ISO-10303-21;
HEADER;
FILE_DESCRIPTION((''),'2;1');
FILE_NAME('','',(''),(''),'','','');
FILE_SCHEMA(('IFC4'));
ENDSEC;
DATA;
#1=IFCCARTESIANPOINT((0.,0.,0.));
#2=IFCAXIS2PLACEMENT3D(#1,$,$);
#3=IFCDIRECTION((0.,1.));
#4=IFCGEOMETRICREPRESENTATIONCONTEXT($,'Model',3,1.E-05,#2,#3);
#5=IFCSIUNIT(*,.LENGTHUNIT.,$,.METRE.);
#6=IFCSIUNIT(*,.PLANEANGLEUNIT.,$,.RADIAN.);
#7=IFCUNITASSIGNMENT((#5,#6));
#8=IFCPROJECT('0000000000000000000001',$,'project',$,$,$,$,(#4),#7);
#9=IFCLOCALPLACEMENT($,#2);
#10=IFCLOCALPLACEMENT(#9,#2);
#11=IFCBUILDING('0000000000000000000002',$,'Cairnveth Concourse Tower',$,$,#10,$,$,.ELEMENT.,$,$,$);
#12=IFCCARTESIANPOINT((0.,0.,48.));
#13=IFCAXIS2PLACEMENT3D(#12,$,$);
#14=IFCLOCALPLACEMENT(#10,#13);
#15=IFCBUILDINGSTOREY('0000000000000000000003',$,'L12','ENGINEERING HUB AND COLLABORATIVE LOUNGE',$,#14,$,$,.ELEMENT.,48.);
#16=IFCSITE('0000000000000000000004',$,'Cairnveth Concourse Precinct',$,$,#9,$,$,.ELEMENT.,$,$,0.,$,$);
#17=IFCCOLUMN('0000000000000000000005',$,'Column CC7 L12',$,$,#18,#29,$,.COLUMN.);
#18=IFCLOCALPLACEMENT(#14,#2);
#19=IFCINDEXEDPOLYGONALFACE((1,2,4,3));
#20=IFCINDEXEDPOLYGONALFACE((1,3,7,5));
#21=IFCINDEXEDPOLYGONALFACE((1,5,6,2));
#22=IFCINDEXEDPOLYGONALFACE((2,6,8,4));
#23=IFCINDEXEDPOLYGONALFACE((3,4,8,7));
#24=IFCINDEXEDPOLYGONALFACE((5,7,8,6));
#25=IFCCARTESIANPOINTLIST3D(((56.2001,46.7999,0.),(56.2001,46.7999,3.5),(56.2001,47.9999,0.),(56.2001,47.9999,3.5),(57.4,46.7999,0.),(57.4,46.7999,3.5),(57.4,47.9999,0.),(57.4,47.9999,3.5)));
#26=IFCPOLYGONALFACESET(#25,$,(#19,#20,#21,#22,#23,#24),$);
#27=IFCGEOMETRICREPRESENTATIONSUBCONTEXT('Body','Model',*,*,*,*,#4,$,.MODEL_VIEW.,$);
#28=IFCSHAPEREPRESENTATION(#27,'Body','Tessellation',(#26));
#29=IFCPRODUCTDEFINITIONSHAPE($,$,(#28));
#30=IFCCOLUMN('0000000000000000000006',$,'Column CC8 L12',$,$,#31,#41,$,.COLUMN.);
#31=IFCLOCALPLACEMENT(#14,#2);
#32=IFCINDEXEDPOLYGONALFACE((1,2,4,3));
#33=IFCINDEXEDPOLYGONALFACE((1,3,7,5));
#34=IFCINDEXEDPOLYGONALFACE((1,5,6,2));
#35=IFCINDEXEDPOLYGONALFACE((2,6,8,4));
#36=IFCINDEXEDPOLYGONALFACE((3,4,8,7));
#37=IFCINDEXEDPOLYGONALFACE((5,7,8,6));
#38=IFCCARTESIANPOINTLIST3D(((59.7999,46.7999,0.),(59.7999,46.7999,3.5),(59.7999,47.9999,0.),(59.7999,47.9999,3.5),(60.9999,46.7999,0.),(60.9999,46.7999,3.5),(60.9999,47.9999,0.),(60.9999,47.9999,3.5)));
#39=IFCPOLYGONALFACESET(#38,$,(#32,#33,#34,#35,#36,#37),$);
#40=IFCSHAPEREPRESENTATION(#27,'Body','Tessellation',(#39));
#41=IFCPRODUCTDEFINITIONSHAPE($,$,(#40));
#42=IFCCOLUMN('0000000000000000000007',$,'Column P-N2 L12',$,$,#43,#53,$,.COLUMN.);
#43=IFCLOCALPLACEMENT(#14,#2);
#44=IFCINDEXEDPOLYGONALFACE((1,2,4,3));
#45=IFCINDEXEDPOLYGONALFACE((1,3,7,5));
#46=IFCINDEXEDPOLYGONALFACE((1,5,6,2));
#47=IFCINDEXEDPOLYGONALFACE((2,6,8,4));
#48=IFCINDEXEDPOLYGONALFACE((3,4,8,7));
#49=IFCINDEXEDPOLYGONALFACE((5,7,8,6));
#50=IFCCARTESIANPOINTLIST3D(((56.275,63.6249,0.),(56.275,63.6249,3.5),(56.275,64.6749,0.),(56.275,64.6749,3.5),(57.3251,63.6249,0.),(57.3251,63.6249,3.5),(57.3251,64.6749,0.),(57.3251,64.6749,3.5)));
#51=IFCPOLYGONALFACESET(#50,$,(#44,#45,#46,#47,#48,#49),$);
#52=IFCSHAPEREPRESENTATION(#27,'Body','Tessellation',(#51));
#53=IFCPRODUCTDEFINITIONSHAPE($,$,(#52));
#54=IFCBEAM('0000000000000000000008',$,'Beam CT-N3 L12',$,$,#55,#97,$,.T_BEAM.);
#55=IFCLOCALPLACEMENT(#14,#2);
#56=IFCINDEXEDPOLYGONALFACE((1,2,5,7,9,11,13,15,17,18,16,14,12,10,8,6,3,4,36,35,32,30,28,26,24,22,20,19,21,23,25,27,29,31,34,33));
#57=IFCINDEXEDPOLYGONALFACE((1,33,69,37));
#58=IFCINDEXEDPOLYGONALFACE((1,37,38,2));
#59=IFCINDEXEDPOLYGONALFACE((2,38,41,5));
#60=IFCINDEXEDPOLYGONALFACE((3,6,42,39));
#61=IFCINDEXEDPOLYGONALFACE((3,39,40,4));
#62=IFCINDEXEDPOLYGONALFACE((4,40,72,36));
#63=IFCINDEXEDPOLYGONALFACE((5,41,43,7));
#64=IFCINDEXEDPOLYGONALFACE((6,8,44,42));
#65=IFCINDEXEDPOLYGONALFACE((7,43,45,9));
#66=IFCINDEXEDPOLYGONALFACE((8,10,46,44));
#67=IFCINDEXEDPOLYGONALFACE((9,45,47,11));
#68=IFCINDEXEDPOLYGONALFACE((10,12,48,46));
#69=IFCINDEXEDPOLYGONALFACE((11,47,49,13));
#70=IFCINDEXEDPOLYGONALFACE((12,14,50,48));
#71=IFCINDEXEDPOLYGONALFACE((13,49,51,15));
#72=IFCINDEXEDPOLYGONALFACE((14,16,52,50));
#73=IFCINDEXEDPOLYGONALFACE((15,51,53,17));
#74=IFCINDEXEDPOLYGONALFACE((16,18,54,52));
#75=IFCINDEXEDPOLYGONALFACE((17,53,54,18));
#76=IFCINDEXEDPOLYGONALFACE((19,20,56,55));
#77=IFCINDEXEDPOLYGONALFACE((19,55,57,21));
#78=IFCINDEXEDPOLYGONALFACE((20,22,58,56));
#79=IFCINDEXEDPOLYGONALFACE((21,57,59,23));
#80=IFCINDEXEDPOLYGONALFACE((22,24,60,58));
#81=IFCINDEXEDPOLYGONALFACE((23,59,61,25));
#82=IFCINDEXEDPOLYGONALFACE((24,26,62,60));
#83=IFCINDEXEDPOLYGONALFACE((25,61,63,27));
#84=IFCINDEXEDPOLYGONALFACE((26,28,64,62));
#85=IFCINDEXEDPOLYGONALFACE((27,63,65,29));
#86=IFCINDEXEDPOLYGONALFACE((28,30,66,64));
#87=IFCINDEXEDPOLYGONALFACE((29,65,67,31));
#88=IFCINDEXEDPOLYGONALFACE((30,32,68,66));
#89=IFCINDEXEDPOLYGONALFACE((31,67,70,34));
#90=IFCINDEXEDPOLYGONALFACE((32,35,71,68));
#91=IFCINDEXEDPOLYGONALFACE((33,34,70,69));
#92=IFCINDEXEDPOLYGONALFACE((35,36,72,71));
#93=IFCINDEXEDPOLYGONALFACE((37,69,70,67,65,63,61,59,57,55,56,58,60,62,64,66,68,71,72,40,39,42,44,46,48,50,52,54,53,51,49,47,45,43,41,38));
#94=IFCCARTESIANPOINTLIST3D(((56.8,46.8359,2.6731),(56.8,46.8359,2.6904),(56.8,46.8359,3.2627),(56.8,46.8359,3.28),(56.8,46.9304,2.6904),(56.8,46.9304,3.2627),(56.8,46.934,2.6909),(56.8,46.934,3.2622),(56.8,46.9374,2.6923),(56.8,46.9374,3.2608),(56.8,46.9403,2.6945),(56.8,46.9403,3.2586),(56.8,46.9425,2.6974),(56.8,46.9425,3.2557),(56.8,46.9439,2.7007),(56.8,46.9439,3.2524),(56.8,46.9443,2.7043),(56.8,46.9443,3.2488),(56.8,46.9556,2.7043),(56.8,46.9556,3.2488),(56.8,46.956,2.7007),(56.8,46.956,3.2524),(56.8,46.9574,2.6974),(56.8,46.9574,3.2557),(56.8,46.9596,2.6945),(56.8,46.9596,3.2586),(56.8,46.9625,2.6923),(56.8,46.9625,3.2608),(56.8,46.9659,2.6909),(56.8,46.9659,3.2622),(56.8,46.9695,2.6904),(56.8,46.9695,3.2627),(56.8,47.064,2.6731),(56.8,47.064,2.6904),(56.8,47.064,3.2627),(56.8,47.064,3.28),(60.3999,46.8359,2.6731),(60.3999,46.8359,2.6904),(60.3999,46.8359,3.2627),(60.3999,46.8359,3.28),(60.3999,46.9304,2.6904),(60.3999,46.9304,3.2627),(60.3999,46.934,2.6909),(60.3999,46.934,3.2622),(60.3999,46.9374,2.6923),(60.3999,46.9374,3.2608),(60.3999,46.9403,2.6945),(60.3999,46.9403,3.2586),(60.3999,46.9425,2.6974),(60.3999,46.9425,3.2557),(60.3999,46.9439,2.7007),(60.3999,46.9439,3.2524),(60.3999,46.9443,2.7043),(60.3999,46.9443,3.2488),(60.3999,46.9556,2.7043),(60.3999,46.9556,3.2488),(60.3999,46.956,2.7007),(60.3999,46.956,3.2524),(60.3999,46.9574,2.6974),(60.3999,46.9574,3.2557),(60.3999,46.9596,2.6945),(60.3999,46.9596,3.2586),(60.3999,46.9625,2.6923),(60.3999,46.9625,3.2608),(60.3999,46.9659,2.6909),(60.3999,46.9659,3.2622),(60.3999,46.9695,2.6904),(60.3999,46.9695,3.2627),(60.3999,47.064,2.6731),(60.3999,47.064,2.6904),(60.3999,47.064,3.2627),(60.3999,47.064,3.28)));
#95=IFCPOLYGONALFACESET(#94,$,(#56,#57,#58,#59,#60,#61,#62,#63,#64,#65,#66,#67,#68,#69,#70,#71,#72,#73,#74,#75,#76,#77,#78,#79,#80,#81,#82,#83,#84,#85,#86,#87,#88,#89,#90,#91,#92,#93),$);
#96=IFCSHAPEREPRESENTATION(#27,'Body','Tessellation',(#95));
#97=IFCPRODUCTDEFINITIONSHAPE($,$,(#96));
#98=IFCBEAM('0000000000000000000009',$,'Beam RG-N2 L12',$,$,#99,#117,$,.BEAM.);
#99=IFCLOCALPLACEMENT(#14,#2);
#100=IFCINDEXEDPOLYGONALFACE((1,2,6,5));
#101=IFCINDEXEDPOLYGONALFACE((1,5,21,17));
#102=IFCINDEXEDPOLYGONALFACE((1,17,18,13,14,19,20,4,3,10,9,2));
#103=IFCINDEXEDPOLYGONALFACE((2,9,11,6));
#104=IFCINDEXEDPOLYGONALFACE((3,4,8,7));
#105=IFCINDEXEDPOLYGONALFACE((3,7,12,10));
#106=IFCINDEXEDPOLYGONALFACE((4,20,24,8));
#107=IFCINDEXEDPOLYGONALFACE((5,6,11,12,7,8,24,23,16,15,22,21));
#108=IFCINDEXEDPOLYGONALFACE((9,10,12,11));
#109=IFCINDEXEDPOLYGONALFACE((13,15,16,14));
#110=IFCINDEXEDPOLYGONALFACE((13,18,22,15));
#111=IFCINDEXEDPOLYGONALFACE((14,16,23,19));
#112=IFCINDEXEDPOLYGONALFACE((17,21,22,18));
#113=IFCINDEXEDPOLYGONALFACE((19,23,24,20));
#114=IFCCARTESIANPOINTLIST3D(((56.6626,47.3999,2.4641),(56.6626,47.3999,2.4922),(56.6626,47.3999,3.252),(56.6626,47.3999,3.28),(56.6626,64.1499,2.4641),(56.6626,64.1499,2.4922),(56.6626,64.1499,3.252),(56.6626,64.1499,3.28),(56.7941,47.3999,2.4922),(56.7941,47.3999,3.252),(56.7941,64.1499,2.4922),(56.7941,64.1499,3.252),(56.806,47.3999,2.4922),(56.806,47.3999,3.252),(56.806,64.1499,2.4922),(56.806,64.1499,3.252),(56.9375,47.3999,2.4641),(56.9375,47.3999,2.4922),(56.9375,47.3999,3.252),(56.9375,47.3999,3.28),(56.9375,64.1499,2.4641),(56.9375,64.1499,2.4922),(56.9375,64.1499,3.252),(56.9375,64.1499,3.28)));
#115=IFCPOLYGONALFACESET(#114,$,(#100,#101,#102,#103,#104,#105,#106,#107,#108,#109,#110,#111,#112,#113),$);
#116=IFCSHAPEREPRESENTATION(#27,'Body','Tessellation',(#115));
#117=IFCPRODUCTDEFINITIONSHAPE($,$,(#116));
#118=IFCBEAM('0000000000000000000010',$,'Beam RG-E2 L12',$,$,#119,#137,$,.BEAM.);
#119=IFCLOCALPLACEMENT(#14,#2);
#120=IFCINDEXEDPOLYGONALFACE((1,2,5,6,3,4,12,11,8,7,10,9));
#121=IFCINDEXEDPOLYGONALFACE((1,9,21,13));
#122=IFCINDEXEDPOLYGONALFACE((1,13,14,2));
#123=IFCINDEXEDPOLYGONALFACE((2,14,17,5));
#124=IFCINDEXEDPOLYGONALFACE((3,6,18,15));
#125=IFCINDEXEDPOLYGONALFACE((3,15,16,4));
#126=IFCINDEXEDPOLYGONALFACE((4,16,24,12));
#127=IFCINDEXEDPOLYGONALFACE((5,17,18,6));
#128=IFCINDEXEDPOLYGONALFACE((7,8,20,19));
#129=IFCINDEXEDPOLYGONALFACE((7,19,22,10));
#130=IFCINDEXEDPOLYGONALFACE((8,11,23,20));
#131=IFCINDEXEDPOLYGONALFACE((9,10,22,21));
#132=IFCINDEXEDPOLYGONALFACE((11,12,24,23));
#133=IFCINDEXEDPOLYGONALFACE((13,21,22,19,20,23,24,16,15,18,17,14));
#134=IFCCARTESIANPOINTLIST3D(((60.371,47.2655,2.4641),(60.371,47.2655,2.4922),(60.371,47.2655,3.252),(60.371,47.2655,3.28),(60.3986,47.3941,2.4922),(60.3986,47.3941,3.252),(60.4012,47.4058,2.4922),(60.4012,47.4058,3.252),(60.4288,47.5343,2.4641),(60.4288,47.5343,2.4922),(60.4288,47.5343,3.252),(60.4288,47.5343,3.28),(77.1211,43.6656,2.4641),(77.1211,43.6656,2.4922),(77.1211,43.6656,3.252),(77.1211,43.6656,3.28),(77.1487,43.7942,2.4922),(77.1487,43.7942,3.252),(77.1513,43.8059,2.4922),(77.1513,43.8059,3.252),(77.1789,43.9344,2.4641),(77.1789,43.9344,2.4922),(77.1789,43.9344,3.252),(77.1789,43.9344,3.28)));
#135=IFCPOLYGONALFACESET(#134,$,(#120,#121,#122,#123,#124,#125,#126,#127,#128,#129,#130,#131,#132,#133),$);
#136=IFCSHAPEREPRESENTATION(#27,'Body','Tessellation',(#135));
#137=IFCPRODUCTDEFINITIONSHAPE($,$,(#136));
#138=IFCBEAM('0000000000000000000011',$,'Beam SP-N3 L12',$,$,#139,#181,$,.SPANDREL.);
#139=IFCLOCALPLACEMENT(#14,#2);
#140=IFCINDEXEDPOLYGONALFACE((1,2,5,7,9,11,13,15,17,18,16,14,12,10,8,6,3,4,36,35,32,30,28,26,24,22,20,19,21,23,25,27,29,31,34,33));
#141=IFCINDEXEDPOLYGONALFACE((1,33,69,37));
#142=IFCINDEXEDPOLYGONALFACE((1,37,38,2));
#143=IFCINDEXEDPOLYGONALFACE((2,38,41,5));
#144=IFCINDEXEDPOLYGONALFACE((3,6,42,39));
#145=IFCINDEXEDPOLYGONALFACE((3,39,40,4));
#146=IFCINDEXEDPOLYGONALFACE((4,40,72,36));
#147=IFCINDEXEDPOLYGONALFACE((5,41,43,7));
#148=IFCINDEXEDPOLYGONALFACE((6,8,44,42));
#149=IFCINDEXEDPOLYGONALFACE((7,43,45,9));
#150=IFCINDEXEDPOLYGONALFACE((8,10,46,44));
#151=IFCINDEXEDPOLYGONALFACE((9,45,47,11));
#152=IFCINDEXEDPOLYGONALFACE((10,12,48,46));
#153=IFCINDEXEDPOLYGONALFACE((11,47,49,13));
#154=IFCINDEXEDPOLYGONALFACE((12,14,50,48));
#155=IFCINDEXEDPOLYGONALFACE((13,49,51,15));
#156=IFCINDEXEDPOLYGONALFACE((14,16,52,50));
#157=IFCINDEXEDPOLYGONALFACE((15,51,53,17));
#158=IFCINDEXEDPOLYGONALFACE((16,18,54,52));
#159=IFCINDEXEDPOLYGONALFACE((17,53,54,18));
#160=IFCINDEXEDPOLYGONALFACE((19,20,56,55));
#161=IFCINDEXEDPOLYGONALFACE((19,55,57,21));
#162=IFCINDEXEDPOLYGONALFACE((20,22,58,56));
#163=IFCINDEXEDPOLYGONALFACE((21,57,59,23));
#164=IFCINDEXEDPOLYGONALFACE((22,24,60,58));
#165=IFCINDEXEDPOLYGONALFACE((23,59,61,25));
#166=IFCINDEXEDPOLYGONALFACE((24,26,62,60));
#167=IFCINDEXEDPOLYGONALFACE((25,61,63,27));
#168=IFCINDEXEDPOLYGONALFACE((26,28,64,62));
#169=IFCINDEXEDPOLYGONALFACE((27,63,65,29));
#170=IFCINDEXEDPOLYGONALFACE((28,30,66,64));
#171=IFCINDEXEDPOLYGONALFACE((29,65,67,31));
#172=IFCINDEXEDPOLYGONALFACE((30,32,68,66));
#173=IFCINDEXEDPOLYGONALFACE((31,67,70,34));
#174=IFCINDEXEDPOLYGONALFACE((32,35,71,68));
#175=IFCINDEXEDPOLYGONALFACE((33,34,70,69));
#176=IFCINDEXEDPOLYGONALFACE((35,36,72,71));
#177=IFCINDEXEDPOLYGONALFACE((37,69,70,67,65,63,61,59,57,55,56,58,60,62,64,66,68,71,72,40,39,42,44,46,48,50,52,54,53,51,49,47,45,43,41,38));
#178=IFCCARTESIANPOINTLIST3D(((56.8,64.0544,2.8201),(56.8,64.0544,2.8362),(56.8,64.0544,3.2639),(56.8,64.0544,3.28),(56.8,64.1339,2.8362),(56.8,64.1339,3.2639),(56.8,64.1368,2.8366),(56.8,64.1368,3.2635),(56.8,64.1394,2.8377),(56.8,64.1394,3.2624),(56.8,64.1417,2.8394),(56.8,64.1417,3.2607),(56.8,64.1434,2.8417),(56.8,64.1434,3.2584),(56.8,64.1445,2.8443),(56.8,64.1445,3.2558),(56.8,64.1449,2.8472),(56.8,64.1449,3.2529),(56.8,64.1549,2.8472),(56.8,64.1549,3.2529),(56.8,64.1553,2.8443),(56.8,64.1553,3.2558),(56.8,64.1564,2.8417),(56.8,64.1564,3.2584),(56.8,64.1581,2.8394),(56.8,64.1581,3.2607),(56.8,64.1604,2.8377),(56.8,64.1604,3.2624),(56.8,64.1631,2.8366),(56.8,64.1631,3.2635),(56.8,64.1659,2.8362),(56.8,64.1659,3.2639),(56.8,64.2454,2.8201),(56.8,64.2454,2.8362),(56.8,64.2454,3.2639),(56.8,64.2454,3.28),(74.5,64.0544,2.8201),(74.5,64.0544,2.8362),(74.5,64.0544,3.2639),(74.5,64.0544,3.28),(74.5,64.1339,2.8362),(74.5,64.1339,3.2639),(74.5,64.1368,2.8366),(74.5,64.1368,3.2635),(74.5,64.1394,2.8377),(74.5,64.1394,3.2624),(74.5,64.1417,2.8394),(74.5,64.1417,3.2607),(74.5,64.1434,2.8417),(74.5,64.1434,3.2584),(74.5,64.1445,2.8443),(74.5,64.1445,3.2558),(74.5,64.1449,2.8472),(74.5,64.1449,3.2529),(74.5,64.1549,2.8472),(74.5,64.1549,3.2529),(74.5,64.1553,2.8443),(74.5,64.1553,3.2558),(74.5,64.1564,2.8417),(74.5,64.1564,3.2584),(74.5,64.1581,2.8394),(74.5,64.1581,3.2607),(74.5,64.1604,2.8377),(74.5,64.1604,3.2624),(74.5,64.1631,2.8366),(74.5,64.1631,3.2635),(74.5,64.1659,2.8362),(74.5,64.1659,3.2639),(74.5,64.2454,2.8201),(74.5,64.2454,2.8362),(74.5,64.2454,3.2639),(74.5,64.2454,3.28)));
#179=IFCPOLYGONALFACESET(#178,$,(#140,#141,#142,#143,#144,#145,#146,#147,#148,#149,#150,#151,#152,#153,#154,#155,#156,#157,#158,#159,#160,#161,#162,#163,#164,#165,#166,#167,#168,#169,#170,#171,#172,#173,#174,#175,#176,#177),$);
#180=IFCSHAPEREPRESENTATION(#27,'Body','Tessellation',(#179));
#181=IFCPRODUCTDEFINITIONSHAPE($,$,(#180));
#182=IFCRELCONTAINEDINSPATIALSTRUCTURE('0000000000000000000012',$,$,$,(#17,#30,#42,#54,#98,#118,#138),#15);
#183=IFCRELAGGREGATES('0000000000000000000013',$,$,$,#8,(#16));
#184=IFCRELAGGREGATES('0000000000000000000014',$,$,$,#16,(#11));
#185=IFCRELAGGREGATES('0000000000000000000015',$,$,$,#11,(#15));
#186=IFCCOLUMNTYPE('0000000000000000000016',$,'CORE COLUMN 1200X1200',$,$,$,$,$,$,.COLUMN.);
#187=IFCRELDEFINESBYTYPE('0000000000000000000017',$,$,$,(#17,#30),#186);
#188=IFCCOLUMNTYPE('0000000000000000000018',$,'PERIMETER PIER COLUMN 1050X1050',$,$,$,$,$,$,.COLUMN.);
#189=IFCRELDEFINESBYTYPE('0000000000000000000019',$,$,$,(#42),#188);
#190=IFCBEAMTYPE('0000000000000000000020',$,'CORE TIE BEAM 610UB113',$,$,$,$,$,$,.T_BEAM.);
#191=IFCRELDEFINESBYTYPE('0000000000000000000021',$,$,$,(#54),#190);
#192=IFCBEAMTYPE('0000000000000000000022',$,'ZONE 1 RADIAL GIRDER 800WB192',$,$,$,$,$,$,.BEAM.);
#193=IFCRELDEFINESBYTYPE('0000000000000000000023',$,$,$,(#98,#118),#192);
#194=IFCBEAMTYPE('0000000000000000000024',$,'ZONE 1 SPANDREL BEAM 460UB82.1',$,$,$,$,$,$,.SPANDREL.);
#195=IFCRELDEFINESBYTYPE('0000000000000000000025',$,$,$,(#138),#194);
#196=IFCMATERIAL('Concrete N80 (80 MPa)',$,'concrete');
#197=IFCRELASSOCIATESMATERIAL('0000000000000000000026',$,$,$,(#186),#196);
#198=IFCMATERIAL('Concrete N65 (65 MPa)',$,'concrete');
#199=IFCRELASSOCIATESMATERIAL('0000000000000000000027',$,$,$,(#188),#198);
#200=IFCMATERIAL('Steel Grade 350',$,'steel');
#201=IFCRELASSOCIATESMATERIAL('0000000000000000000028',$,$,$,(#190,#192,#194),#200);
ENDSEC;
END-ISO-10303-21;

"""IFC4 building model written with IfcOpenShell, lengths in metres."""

from ifc_helpers import new_model, si_unit, direction, frame, origin, origin_2d, place, context, subcontext, project, spatial, rectangle, i_section, extrude, material, material_profile, profile_set, type_object, element, save


model = new_model("IFC4")

# Units and contexts
model_context = context("Model", 3, precision=1e-05, world=origin(), true_north=direction((0.0, 1.0)))
body_context = subcontext(model_context, "Body", "Model", "MODEL_VIEW")
ifc_project = project(units=[si_unit("LENGTHUNIT", "METRE"), si_unit("PLANEANGLEUNIT", "RADIAN")], contexts=[model_context])

# Site, building, storey
site_placement = place(None, origin())
site = spatial("IfcSite", under=ifc_project, at=site_placement, Name="Cairnveth Concourse Precinct", CompositionType="ELEMENT", RefElevation=0.0)
building_placement = place(site_placement, origin())
building = spatial("IfcBuilding", under=site, at=building_placement, Name="Cairnveth Concourse Tower", CompositionType="ELEMENT")
storey_placement = place(building_placement, frame((0.0, 0.0, 48.0)))
storey = spatial("IfcBuildingStorey", under=building, at=storey_placement, Name="L12", Description="ENGINEERING HUB AND COLLABORATIVE LOUNGE", CompositionType="ELEMENT", Elevation=48.0)

# Columns
ifc_material_1 = material(Name="Concrete N80 (80 MPa)", Category="concrete")
ifc_material_profile_1 = material_profile(ifc_material_1, rectangle(XDim=1.2, YDim=1.2, at=origin_2d()), Name="RC-COL-1200x1200")
ifc_profile_set_1 = profile_set([ifc_material_profile_1], Name="Concrete N80 (80 MPa)")
column_type_1 = type_object("IfcColumnType", Name="CORE COLUMN 1200X1200", PredefinedType="COLUMN", material=ifc_profile_set_1)
for number, where, z_axis, x_axis, name in (
    (1, (56.8, 47.3999, 0.0), (0.0, 0.0, 1.0), (1.0, 0.0, 0.0), "Column CC7 L12"),
    (2, (60.3999, 47.3999, 0.0), (0.0, 0.0, 1.0), (1.0, 0.0, 0.0), "Column CC8 L12"),
):
    element("IfcColumn", number, at=place(storey_placement, frame(where, z_axis=z_axis, x_axis=x_axis)), inside=storey, type_object=column_type_1, Name=name, PredefinedType="COLUMN", context=body_context, shape_type="SweptSolid", body=[
        extrude(rectangle(XDim=1.2, YDim=1.2, at=origin_2d()), origin(), (0.0, 0.0, 1.0), 3.5),
    ])
ifc_material_2 = material(Name="Concrete N65 (65 MPa)", Category="concrete")
ifc_material_profile_2 = material_profile(ifc_material_2, rectangle(XDim=1.05, YDim=1.05, at=origin_2d()), Name="RC-COL-1050x1050")
ifc_profile_set_2 = profile_set([ifc_material_profile_2], Name="Concrete N65 (65 MPa)")
column_type_2 = type_object("IfcColumnType", Name="PERIMETER PIER COLUMN 1050X1050", PredefinedType="COLUMN", material=ifc_profile_set_2)
column_placement = place(storey_placement, frame((56.8, 64.1499, 0.0), z_axis=(0.0, 0.0, 1.0), x_axis=(1.0, 0.0, 0.0)))
element("IfcColumn", 3, at=column_placement, inside=storey, type_object=column_type_2, Name="Column P-N2 L12", PredefinedType="COLUMN", context=body_context, shape_type="SweptSolid", body=[
    extrude(rectangle(XDim=1.05, YDim=1.05, at=origin_2d()), origin(), (0.0, 0.0, 1.0), 3.5),
])

# Beams
ifc_material_3 = material(Name="Steel Grade 350", Category="steel")
ifc_material_profile_3 = material_profile(ifc_material_3, i_section(OverallWidth=0.228, OverallDepth=0.6069, WebThickness=0.0112, FlangeThickness=0.0173, FilletRadius=0.0139, at=origin_2d()), Name="610UB113")
ifc_profile_set_3 = profile_set([ifc_material_profile_3], Name="Steel Grade 350")
beam_type_1 = type_object("IfcBeamType", Name="CORE TIE BEAM 610UB113", PredefinedType="T_BEAM", material=ifc_profile_set_3)
beam_1_placement = place(storey_placement, frame((56.8, 46.95, 2.9766), z_axis=(1.0, 0.0, 0.0), x_axis=(0.0, 1.0, 0.0)))
element("IfcBeam", 4, at=beam_1_placement, inside=storey, type_object=beam_type_1, Name="Beam CT-N3 L12", PredefinedType="T_BEAM", context=body_context, shape_type="SweptSolid", body=[
    extrude(i_section(OverallWidth=0.228, OverallDepth=0.6069, WebThickness=0.0112, FlangeThickness=0.0173, FilletRadius=0.0139, at=origin_2d()), origin(), (0.0, 0.0, 1.0), 3.5999),
])
ifc_material_profile_4 = material_profile(ifc_material_3, i_section(OverallWidth=0.2749, OverallDepth=0.8159, WebThickness=0.012, FlangeThickness=0.0281, at=origin_2d()), Name="800WB192")
ifc_profile_set_4 = profile_set([ifc_material_profile_4], Name="Steel Grade 350")
beam_type_2 = type_object("IfcBeamType", Name="ZONE 1 RADIAL GIRDER 800WB192", PredefinedType="BEAM", material=ifc_profile_set_4)
beam_2_placement = place(storey_placement, frame((56.8, 47.3999, 2.8721), z_axis=(0.0, 1.0, 0.0), x_axis=(-1.0, 0.0, 0.0)))
element("IfcBeam", 5, at=beam_2_placement, inside=storey, type_object=beam_type_2, Name="Beam RG-N2 L12", PredefinedType="BEAM", context=body_context, shape_type="SweptSolid", body=[
    extrude(i_section(OverallWidth=0.2749, OverallDepth=0.8159, WebThickness=0.012, FlangeThickness=0.0281, at=origin_2d()), origin(), (0.0, 0.0, 1.0), 16.75),
])
beam_3_placement = place(storey_placement, frame((60.3999, 47.3999, 2.8721), z_axis=(0.977676, -0.210119, 0.0), x_axis=(0.210119, 0.977676, 0.0)))
element("IfcBeam", 6, at=beam_3_placement, inside=storey, type_object=beam_type_2, Name="Beam RG-E2 L12", PredefinedType="BEAM", context=body_context, shape_type="SweptSolid", body=[
    extrude(i_section(OverallWidth=0.2749, OverallDepth=0.8159, WebThickness=0.012, FlangeThickness=0.0281, at=origin_2d()), origin(), (0.0, 0.0, 1.0), 17.1326),
])
ifc_material_profile_5 = material_profile(ifc_material_3, i_section(OverallWidth=0.1909, OverallDepth=0.46, WebThickness=0.01, FlangeThickness=0.0161, FilletRadius=0.011, at=origin_2d()), Name="460UB82.1")
ifc_profile_set_5 = profile_set([ifc_material_profile_5], Name="Steel Grade 350")
beam_type_3 = type_object("IfcBeamType", Name="ZONE 1 SPANDREL BEAM 460UB82.1", PredefinedType="SPANDREL", material=ifc_profile_set_5)
beam_4_placement = place(storey_placement, frame((56.8, 64.1499, 3.05), z_axis=(1.0, 0.0, 0.0), x_axis=(0.0, 1.0, 0.0)))
element("IfcBeam", 7, at=beam_4_placement, inside=storey, type_object=beam_type_3, Name="Beam SP-N3 L12", PredefinedType="SPANDREL", context=body_context, shape_type="SweptSolid", body=[
    extrude(i_section(OverallWidth=0.1909, OverallDepth=0.46, WebThickness=0.01, FlangeThickness=0.0161, FilletRadius=0.011, at=origin_2d()), origin(), (0.0, 0.0, 1.0), 17.7),
])

save(model, "model.ifc")
